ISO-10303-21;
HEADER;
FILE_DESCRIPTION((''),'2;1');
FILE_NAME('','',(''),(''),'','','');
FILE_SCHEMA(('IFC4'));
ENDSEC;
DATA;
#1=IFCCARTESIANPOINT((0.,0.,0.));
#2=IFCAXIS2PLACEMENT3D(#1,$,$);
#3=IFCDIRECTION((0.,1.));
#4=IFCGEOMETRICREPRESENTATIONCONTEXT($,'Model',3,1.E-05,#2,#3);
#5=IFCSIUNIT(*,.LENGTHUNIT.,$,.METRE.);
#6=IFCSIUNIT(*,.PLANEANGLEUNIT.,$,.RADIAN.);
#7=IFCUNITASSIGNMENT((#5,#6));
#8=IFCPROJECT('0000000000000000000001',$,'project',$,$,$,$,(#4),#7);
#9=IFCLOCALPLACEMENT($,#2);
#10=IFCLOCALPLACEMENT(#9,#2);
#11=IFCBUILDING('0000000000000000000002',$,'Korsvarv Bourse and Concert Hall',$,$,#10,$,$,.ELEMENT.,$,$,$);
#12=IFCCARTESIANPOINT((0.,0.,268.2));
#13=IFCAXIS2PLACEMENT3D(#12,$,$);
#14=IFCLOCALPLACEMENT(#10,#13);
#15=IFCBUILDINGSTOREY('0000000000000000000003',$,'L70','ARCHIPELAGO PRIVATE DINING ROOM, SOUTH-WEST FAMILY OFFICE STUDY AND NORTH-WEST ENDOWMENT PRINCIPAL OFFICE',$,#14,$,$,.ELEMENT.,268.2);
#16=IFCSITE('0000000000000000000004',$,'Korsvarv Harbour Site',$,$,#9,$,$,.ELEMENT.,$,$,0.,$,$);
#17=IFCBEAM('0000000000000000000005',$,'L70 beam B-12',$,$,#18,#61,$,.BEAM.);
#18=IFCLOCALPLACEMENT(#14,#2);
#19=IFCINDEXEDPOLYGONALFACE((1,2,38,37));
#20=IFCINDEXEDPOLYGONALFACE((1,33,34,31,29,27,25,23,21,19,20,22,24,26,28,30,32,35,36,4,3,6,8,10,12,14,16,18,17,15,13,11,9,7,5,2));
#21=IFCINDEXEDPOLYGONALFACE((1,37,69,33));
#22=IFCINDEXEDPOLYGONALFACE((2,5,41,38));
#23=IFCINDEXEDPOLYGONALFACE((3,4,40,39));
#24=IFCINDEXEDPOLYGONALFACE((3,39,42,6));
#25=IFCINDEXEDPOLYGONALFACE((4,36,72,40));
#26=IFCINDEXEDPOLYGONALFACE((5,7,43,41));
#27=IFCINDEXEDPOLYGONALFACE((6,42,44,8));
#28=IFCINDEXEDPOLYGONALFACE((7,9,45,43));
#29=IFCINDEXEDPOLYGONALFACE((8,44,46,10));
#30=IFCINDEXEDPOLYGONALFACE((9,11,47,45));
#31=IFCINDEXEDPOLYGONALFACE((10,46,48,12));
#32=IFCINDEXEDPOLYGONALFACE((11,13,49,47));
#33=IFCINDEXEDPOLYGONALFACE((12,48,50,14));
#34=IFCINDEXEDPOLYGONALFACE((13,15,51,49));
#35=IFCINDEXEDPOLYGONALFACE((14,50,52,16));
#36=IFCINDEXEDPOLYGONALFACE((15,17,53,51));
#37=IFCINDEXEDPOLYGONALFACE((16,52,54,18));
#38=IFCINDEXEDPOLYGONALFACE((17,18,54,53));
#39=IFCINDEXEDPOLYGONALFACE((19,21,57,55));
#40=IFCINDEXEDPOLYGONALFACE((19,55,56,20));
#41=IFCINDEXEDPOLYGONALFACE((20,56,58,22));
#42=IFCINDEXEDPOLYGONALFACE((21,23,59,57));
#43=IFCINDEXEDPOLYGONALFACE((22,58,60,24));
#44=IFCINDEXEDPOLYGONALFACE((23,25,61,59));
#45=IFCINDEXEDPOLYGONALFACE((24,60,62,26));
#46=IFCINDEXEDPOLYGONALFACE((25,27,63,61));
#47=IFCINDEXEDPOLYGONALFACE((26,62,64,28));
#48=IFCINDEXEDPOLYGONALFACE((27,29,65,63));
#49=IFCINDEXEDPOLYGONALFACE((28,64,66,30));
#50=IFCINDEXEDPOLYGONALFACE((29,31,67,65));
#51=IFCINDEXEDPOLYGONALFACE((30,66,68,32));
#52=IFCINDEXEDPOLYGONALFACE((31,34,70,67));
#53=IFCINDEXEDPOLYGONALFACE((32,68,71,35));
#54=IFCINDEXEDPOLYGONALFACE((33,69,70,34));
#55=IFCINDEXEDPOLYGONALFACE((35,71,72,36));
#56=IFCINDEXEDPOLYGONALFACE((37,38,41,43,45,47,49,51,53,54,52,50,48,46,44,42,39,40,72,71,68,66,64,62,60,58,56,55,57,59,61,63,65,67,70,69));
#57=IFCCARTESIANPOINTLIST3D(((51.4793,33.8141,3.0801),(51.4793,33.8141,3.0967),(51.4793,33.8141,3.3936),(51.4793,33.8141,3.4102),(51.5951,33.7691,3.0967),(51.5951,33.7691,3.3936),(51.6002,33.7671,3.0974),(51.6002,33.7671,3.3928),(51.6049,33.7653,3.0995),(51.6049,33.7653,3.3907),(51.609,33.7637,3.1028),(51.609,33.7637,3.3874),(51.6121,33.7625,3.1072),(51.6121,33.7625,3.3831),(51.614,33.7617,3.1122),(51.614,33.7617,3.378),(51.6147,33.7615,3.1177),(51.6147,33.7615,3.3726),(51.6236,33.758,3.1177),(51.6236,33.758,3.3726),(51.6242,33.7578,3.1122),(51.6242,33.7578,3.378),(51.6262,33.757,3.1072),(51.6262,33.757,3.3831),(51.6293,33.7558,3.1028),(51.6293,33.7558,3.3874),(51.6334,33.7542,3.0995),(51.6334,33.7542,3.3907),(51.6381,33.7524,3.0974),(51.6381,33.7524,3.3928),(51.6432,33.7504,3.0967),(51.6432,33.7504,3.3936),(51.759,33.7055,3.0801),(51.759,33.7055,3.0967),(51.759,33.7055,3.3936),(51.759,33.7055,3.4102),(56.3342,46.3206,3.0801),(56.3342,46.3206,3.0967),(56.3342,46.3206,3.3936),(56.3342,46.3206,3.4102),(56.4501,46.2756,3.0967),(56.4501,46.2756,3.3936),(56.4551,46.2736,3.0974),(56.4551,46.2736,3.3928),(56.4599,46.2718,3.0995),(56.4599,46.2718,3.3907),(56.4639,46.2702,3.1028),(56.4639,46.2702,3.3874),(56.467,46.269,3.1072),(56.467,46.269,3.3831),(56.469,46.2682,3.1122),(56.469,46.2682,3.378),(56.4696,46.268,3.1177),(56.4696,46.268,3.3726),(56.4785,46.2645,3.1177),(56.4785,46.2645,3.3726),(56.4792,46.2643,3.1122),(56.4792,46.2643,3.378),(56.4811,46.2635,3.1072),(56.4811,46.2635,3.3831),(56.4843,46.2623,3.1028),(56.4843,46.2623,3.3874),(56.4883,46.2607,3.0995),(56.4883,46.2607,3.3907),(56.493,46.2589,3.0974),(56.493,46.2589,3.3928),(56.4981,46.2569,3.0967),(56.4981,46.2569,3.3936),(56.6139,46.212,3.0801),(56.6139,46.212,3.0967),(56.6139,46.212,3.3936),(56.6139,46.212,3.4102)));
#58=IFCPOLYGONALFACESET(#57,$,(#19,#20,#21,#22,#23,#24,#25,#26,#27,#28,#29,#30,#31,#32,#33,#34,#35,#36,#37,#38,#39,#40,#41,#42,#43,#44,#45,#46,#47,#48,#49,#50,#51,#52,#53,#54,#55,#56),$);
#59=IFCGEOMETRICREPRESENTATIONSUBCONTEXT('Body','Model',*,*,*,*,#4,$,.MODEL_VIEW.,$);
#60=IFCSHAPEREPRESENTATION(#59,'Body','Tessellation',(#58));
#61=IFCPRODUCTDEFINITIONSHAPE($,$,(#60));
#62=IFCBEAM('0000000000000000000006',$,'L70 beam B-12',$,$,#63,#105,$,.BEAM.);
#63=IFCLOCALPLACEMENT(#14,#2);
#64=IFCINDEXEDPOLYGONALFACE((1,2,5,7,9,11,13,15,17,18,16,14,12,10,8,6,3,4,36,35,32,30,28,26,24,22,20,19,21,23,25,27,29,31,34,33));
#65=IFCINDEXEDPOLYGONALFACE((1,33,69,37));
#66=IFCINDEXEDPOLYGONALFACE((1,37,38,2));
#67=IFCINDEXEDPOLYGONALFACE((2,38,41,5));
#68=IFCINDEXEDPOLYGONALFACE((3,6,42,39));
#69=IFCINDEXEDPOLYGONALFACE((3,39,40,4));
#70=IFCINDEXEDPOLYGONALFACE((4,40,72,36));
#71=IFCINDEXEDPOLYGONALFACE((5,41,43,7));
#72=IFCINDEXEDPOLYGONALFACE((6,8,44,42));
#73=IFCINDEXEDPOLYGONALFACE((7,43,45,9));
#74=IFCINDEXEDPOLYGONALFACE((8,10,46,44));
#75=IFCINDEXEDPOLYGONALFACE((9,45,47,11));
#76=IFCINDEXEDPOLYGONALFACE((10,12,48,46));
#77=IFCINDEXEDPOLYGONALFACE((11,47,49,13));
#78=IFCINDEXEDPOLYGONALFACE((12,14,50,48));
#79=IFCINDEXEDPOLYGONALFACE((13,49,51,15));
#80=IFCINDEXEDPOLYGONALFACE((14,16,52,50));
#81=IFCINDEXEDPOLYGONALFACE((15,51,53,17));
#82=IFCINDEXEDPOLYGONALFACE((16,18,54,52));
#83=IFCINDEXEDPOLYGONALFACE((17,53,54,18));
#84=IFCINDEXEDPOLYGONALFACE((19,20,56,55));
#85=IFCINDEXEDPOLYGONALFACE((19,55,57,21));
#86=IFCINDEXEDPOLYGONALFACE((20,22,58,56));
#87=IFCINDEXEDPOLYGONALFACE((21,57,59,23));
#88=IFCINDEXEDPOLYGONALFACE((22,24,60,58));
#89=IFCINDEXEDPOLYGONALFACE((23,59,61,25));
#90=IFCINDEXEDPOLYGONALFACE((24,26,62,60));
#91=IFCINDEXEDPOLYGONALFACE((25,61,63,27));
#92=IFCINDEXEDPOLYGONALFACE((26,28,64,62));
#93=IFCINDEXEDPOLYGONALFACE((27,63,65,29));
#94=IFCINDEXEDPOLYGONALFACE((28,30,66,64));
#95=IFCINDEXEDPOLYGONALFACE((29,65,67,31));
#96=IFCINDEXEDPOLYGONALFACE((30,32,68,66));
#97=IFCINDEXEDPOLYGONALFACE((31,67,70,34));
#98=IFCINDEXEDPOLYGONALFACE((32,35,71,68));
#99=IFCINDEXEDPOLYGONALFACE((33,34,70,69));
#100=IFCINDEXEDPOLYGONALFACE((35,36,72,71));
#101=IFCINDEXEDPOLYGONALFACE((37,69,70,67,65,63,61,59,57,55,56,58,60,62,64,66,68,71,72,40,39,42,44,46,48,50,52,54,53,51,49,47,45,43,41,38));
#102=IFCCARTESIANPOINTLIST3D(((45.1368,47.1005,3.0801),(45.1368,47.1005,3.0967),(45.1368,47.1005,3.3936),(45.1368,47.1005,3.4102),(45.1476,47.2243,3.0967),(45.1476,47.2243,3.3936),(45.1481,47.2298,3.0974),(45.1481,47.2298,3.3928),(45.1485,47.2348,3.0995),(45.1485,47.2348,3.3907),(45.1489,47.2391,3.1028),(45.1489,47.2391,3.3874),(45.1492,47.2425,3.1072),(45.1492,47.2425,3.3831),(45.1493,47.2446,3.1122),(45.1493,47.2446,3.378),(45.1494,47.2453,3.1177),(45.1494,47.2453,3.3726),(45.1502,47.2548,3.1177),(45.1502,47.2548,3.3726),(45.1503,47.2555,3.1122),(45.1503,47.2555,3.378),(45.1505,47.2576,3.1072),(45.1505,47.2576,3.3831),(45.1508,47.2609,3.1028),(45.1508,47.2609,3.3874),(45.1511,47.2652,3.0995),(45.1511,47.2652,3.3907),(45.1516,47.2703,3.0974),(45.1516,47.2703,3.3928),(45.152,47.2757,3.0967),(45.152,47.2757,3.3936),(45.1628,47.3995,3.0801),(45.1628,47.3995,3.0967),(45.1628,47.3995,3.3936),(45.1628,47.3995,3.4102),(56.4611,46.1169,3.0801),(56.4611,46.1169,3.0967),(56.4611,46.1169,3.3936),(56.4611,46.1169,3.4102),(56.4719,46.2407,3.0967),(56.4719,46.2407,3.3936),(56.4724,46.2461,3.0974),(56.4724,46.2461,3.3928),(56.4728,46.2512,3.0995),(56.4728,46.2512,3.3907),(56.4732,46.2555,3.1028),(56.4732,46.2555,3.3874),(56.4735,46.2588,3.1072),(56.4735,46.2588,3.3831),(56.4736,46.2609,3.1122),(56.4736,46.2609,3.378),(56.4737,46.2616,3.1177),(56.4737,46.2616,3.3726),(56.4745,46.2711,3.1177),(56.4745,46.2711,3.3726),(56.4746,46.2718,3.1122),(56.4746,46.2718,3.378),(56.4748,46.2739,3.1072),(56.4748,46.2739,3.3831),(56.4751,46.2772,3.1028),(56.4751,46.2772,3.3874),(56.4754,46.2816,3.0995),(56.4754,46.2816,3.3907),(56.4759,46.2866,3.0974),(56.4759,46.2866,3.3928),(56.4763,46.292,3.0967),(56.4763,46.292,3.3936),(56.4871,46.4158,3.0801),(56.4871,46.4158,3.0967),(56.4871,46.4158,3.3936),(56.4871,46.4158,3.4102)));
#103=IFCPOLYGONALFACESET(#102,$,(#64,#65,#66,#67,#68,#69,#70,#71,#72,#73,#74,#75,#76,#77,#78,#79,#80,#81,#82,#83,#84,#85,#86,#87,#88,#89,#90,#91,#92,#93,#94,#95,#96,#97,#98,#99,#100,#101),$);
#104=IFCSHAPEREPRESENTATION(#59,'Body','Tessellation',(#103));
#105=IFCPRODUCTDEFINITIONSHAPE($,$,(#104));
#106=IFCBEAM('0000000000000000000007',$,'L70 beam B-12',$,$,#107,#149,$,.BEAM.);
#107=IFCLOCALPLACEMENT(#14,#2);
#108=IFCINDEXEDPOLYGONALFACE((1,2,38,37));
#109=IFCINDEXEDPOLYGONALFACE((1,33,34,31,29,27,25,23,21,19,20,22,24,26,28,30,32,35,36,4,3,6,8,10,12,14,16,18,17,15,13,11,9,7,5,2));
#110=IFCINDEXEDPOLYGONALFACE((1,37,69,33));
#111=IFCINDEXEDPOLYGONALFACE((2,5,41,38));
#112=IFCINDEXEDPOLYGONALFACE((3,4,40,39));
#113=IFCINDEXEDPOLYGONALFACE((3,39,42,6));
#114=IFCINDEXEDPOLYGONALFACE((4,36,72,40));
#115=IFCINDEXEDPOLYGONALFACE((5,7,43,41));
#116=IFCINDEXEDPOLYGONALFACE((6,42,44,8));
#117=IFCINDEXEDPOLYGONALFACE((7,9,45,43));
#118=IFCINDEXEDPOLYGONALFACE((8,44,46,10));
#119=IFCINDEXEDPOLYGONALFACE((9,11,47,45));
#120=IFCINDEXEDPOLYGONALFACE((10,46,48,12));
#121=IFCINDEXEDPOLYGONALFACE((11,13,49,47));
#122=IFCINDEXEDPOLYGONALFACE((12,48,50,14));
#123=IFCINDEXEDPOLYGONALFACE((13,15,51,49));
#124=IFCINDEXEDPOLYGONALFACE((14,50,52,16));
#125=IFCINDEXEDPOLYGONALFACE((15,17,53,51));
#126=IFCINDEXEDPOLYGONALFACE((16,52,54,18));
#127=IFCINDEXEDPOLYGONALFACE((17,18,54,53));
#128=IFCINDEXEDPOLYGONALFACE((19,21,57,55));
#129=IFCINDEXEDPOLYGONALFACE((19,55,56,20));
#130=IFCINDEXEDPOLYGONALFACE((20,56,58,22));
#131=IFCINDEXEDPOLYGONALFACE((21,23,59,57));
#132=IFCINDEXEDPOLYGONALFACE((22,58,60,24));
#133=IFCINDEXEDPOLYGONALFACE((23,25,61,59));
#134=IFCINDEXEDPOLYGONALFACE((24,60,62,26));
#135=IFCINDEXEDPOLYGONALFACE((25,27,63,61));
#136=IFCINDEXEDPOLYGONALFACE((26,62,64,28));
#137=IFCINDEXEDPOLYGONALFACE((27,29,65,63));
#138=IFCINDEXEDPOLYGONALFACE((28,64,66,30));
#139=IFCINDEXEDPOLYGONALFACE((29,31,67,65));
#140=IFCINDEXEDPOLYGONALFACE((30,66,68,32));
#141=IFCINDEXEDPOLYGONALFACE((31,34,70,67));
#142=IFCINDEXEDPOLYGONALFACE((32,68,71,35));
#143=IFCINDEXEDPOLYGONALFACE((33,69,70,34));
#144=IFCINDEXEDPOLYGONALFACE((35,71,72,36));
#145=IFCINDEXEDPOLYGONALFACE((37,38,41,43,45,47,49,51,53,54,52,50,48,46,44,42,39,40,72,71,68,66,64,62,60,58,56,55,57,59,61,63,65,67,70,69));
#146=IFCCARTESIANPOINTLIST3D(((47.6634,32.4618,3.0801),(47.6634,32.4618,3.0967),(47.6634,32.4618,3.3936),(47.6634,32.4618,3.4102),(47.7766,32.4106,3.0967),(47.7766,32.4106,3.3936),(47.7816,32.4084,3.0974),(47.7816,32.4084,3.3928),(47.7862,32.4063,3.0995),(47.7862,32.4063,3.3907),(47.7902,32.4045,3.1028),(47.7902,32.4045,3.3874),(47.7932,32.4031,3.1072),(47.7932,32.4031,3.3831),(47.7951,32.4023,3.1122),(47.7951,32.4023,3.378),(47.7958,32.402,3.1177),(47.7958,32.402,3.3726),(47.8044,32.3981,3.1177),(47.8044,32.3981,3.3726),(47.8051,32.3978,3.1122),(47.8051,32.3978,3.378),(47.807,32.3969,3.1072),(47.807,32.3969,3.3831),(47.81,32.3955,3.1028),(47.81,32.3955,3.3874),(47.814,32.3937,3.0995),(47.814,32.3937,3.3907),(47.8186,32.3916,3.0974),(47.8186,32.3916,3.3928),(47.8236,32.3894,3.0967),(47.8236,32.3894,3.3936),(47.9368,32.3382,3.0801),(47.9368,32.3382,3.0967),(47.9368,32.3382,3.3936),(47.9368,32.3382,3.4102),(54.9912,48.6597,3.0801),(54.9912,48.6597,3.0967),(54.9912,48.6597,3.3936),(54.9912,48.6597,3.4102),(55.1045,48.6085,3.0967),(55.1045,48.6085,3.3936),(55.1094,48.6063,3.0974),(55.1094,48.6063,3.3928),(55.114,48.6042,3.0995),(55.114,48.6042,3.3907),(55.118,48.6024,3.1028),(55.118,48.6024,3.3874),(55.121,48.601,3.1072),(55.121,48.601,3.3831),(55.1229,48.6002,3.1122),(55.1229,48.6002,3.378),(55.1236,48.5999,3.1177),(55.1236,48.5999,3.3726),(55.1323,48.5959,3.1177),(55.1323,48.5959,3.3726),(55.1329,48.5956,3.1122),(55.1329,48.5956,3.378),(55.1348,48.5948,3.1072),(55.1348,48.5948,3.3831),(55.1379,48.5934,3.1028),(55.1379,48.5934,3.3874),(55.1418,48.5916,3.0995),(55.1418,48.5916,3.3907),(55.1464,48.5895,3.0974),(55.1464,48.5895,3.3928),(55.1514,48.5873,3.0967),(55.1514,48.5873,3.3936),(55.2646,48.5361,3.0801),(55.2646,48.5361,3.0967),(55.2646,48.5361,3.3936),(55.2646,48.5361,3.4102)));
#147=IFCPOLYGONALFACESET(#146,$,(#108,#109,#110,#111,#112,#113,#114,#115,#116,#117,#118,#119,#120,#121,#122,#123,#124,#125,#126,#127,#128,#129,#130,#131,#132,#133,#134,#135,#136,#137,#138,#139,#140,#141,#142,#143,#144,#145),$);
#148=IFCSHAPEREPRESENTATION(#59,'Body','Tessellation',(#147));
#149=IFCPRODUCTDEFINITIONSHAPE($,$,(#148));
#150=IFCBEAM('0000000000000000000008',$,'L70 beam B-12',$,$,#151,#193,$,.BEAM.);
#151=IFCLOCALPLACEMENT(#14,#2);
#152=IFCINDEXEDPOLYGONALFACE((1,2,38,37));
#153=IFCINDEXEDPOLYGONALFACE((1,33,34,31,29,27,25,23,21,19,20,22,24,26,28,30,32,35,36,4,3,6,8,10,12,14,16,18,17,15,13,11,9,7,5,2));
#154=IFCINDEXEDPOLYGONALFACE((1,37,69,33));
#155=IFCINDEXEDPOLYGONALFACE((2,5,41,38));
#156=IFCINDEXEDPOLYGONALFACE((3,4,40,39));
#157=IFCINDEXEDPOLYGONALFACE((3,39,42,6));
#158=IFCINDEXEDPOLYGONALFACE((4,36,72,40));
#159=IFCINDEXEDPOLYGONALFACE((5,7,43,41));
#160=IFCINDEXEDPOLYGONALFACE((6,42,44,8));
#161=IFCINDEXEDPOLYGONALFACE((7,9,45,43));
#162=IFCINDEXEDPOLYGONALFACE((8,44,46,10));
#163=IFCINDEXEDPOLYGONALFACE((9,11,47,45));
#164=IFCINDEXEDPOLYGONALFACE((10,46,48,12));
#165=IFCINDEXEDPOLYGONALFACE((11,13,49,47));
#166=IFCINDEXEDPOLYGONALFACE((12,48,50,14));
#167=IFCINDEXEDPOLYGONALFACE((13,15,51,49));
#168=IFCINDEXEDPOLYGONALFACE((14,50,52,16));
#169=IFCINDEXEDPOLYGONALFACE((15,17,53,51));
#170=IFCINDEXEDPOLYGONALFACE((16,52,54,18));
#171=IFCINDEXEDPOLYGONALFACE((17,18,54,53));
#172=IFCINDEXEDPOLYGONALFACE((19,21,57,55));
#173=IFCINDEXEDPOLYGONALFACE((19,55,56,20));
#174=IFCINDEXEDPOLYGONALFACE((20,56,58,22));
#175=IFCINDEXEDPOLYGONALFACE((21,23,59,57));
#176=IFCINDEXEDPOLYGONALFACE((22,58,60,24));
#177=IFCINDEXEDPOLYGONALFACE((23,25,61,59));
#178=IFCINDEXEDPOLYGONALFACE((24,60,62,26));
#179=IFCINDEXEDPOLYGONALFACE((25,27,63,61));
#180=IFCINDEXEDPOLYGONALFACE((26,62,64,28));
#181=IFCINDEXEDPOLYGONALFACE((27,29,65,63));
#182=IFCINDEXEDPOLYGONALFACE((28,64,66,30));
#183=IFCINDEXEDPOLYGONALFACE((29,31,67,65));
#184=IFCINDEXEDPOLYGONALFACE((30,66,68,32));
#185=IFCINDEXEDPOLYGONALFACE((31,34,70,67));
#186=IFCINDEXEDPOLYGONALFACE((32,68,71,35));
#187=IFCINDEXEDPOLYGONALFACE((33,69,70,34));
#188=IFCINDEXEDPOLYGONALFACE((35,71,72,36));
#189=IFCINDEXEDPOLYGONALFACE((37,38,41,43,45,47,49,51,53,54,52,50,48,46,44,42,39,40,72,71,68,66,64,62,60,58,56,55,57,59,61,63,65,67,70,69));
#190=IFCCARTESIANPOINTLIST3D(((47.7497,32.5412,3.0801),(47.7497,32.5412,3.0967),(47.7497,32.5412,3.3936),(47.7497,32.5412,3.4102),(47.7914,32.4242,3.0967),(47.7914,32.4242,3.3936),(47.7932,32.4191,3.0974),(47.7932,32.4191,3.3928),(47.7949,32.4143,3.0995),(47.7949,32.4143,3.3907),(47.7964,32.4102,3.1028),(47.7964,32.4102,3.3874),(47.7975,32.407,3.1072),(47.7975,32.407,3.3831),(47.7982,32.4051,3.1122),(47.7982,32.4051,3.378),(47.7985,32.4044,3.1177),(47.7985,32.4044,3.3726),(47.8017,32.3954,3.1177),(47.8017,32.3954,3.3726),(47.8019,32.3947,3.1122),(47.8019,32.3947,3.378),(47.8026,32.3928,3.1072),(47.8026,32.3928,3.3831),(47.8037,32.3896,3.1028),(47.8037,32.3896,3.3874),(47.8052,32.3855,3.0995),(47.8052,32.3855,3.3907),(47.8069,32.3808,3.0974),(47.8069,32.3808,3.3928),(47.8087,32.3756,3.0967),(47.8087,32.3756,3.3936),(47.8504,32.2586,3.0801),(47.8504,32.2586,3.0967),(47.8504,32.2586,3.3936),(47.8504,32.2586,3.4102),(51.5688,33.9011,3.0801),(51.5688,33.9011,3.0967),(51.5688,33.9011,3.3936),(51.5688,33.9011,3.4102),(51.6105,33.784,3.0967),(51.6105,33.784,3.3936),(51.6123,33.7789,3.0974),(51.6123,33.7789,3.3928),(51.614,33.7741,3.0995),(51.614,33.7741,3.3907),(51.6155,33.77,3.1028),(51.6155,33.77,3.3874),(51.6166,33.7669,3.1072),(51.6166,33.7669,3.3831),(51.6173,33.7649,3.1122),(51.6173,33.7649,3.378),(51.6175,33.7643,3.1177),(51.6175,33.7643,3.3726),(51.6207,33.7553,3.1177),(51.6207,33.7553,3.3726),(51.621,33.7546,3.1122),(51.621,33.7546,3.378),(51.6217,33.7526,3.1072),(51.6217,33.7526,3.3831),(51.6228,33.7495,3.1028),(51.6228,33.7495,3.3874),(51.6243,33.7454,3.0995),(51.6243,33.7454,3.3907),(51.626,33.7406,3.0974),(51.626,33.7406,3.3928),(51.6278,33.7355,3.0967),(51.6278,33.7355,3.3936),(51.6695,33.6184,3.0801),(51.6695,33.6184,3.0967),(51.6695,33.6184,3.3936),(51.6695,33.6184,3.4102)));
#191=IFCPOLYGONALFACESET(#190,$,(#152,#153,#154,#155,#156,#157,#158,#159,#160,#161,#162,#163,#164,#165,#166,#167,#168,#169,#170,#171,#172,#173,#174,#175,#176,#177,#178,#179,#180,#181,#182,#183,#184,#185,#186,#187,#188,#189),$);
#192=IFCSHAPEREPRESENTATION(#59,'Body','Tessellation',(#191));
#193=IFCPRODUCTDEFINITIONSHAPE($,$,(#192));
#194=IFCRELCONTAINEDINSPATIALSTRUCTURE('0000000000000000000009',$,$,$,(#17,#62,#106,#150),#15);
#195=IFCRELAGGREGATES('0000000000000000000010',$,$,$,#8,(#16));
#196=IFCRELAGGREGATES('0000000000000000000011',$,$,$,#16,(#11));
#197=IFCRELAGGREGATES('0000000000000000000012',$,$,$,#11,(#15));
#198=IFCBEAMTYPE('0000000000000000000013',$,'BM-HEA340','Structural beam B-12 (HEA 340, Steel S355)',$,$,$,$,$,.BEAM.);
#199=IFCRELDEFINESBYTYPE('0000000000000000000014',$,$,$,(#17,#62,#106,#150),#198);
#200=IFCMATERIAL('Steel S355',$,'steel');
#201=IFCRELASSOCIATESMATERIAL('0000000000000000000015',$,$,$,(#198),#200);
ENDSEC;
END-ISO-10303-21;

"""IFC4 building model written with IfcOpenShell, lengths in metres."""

from ifc_helpers import new_model, si_unit, direction, frame, origin, origin_2d, place, context, subcontext, project, spatial, i_section, extrude, source, transform, mapped, material, material_profile, profile_set, type_object, element, save


model = new_model("IFC4")

# Units and contexts
model_context = context("Model", 3, precision=1e-05, world=origin(), true_north=direction((0.0, 1.0)))
body_context = subcontext(model_context, "Body", "Model", "MODEL_VIEW")
ifc_project = project(units=[si_unit("LENGTHUNIT", "METRE"), si_unit("PLANEANGLEUNIT", "RADIAN")], contexts=[model_context])

# Site, building, storey
site_placement = place(None, origin())
site = spatial("IfcSite", under=ifc_project, at=site_placement, Name="Korsvarv Harbour Site", CompositionType="ELEMENT", RefElevation=0.0)
building_placement = place(site_placement, origin())
building = spatial("IfcBuilding", under=site, at=building_placement, Name="Korsvarv Bourse and Concert Hall", CompositionType="ELEMENT")
storey_placement = place(building_placement, frame((0.0, 0.0, 268.2)))
storey = spatial("IfcBuildingStorey", under=building, at=storey_placement, Name="L70", Description="ARCHIPELAGO PRIVATE DINING ROOM, SOUTH-WEST FAMILY OFFICE STUDY AND NORTH-WEST ENDOWMENT PRINCIPAL OFFICE", CompositionType="ELEMENT", Elevation=268.2)

# Beams
ifc_material_1 = material(Name="Steel S355", Category="steel")
ifc_material_profile_1 = material_profile(ifc_material_1, i_section(OverallWidth=0.3, OverallDepth=0.3301, WebThickness=0.0095, FlangeThickness=0.0166, FilletRadius=0.021, at=origin_2d()), Name="HEA 340")
ifc_profile_set_1 = profile_set([ifc_material_profile_1], Name="Steel S355")
beam_type_1 = type_object("IfcBeamType", Name="BM-HEA340", Description="Structural beam B-12 (HEA 340, Steel S355)", PredefinedType="BEAM", material=ifc_profile_set_1)
shared_shape_1 = source(origin(), body_context, "Body", "SweptSolid", [
    extrude(i_section(OverallWidth=0.3, OverallDepth=0.3301, WebThickness=0.0095, FlangeThickness=0.0166, FilletRadius=0.021, at=origin_2d()), origin(), (0.0, 0.0, 1.0), 13.4158),
])
beam_1_placement = place(storey_placement, frame((51.6191, 33.7598, 3.2451), z_axis=(0.361883, 0.932223, 0.0), x_axis=(-0.932223, 0.361883, 0.0)))
element("IfcBeam", 1, at=beam_1_placement, inside=storey, type_object=beam_type_1, Name="L70 beam B-12", PredefinedType="BEAM", context=body_context, shape_type="MappedRepresentation", body=[
    mapped(shared_shape_1, transform((0.0, 0.0, 0.0), scale=1.0)),
])
shared_shape_2 = source(origin(), body_context, "Body", "SweptSolid", [
    extrude(i_section(OverallWidth=0.3, OverallDepth=0.3301, WebThickness=0.0095, FlangeThickness=0.0166, FilletRadius=0.021, at=origin_2d()), origin(), (0.0, 0.0, 1.0), 11.3669),
])
beam_2_placement = place(storey_placement, frame((56.4741, 46.2664, 3.2451), z_axis=(-0.996249, 0.086536, 0.0), x_axis=(-0.086536, -0.996249, 0.0)))
element("IfcBeam", 2, at=beam_2_placement, inside=storey, type_object=beam_type_1, Name="L70 beam B-12", PredefinedType="BEAM", context=body_context, shape_type="MappedRepresentation", body=[
    mapped(shared_shape_2, transform((0.0, 0.0, 0.0), scale=1.0)),
])
shared_shape_3 = source(origin(), body_context, "Body", "SweptSolid", [
    extrude(i_section(OverallWidth=0.3, OverallDepth=0.3301, WebThickness=0.0095, FlangeThickness=0.0166, FilletRadius=0.021, at=origin_2d()), origin(), (0.0, 0.0, 1.0), 17.7783),
])
beam_3_placement = place(storey_placement, frame((55.1279, 48.5979, 3.2451), z_axis=(-0.412178, -0.911103, 0.0), x_axis=(0.911103, -0.412178, 0.0)))
element("IfcBeam", 3, at=beam_3_placement, inside=storey, type_object=beam_type_1, Name="L70 beam B-12", PredefinedType="BEAM", context=body_context, shape_type="MappedRepresentation", body=[
    mapped(shared_shape_3, transform((0.0, 0.0, 0.0), scale=1.0)),
])
shared_shape_4 = source(origin(), body_context, "Body", "SweptSolid", [
    extrude(i_section(OverallWidth=0.3, OverallDepth=0.3301, WebThickness=0.0095, FlangeThickness=0.0166, FilletRadius=0.021, at=origin_2d()), origin(), (0.0, 0.0, 1.0), 4.054),
])
beam_4_placement = place(storey_placement, frame((51.6191, 33.7598, 3.2451), z_axis=(-0.942062, -0.33544, 0.0), x_axis=(0.33544, -0.942062, 0.0)))
element("IfcBeam", 4, at=beam_4_placement, inside=storey, type_object=beam_type_1, Name="L70 beam B-12", PredefinedType="BEAM", context=body_context, shape_type="MappedRepresentation", body=[
    mapped(shared_shape_4, transform((0.0, 0.0, 0.0), scale=1.0)),
])

save(model, "model.ifc")
